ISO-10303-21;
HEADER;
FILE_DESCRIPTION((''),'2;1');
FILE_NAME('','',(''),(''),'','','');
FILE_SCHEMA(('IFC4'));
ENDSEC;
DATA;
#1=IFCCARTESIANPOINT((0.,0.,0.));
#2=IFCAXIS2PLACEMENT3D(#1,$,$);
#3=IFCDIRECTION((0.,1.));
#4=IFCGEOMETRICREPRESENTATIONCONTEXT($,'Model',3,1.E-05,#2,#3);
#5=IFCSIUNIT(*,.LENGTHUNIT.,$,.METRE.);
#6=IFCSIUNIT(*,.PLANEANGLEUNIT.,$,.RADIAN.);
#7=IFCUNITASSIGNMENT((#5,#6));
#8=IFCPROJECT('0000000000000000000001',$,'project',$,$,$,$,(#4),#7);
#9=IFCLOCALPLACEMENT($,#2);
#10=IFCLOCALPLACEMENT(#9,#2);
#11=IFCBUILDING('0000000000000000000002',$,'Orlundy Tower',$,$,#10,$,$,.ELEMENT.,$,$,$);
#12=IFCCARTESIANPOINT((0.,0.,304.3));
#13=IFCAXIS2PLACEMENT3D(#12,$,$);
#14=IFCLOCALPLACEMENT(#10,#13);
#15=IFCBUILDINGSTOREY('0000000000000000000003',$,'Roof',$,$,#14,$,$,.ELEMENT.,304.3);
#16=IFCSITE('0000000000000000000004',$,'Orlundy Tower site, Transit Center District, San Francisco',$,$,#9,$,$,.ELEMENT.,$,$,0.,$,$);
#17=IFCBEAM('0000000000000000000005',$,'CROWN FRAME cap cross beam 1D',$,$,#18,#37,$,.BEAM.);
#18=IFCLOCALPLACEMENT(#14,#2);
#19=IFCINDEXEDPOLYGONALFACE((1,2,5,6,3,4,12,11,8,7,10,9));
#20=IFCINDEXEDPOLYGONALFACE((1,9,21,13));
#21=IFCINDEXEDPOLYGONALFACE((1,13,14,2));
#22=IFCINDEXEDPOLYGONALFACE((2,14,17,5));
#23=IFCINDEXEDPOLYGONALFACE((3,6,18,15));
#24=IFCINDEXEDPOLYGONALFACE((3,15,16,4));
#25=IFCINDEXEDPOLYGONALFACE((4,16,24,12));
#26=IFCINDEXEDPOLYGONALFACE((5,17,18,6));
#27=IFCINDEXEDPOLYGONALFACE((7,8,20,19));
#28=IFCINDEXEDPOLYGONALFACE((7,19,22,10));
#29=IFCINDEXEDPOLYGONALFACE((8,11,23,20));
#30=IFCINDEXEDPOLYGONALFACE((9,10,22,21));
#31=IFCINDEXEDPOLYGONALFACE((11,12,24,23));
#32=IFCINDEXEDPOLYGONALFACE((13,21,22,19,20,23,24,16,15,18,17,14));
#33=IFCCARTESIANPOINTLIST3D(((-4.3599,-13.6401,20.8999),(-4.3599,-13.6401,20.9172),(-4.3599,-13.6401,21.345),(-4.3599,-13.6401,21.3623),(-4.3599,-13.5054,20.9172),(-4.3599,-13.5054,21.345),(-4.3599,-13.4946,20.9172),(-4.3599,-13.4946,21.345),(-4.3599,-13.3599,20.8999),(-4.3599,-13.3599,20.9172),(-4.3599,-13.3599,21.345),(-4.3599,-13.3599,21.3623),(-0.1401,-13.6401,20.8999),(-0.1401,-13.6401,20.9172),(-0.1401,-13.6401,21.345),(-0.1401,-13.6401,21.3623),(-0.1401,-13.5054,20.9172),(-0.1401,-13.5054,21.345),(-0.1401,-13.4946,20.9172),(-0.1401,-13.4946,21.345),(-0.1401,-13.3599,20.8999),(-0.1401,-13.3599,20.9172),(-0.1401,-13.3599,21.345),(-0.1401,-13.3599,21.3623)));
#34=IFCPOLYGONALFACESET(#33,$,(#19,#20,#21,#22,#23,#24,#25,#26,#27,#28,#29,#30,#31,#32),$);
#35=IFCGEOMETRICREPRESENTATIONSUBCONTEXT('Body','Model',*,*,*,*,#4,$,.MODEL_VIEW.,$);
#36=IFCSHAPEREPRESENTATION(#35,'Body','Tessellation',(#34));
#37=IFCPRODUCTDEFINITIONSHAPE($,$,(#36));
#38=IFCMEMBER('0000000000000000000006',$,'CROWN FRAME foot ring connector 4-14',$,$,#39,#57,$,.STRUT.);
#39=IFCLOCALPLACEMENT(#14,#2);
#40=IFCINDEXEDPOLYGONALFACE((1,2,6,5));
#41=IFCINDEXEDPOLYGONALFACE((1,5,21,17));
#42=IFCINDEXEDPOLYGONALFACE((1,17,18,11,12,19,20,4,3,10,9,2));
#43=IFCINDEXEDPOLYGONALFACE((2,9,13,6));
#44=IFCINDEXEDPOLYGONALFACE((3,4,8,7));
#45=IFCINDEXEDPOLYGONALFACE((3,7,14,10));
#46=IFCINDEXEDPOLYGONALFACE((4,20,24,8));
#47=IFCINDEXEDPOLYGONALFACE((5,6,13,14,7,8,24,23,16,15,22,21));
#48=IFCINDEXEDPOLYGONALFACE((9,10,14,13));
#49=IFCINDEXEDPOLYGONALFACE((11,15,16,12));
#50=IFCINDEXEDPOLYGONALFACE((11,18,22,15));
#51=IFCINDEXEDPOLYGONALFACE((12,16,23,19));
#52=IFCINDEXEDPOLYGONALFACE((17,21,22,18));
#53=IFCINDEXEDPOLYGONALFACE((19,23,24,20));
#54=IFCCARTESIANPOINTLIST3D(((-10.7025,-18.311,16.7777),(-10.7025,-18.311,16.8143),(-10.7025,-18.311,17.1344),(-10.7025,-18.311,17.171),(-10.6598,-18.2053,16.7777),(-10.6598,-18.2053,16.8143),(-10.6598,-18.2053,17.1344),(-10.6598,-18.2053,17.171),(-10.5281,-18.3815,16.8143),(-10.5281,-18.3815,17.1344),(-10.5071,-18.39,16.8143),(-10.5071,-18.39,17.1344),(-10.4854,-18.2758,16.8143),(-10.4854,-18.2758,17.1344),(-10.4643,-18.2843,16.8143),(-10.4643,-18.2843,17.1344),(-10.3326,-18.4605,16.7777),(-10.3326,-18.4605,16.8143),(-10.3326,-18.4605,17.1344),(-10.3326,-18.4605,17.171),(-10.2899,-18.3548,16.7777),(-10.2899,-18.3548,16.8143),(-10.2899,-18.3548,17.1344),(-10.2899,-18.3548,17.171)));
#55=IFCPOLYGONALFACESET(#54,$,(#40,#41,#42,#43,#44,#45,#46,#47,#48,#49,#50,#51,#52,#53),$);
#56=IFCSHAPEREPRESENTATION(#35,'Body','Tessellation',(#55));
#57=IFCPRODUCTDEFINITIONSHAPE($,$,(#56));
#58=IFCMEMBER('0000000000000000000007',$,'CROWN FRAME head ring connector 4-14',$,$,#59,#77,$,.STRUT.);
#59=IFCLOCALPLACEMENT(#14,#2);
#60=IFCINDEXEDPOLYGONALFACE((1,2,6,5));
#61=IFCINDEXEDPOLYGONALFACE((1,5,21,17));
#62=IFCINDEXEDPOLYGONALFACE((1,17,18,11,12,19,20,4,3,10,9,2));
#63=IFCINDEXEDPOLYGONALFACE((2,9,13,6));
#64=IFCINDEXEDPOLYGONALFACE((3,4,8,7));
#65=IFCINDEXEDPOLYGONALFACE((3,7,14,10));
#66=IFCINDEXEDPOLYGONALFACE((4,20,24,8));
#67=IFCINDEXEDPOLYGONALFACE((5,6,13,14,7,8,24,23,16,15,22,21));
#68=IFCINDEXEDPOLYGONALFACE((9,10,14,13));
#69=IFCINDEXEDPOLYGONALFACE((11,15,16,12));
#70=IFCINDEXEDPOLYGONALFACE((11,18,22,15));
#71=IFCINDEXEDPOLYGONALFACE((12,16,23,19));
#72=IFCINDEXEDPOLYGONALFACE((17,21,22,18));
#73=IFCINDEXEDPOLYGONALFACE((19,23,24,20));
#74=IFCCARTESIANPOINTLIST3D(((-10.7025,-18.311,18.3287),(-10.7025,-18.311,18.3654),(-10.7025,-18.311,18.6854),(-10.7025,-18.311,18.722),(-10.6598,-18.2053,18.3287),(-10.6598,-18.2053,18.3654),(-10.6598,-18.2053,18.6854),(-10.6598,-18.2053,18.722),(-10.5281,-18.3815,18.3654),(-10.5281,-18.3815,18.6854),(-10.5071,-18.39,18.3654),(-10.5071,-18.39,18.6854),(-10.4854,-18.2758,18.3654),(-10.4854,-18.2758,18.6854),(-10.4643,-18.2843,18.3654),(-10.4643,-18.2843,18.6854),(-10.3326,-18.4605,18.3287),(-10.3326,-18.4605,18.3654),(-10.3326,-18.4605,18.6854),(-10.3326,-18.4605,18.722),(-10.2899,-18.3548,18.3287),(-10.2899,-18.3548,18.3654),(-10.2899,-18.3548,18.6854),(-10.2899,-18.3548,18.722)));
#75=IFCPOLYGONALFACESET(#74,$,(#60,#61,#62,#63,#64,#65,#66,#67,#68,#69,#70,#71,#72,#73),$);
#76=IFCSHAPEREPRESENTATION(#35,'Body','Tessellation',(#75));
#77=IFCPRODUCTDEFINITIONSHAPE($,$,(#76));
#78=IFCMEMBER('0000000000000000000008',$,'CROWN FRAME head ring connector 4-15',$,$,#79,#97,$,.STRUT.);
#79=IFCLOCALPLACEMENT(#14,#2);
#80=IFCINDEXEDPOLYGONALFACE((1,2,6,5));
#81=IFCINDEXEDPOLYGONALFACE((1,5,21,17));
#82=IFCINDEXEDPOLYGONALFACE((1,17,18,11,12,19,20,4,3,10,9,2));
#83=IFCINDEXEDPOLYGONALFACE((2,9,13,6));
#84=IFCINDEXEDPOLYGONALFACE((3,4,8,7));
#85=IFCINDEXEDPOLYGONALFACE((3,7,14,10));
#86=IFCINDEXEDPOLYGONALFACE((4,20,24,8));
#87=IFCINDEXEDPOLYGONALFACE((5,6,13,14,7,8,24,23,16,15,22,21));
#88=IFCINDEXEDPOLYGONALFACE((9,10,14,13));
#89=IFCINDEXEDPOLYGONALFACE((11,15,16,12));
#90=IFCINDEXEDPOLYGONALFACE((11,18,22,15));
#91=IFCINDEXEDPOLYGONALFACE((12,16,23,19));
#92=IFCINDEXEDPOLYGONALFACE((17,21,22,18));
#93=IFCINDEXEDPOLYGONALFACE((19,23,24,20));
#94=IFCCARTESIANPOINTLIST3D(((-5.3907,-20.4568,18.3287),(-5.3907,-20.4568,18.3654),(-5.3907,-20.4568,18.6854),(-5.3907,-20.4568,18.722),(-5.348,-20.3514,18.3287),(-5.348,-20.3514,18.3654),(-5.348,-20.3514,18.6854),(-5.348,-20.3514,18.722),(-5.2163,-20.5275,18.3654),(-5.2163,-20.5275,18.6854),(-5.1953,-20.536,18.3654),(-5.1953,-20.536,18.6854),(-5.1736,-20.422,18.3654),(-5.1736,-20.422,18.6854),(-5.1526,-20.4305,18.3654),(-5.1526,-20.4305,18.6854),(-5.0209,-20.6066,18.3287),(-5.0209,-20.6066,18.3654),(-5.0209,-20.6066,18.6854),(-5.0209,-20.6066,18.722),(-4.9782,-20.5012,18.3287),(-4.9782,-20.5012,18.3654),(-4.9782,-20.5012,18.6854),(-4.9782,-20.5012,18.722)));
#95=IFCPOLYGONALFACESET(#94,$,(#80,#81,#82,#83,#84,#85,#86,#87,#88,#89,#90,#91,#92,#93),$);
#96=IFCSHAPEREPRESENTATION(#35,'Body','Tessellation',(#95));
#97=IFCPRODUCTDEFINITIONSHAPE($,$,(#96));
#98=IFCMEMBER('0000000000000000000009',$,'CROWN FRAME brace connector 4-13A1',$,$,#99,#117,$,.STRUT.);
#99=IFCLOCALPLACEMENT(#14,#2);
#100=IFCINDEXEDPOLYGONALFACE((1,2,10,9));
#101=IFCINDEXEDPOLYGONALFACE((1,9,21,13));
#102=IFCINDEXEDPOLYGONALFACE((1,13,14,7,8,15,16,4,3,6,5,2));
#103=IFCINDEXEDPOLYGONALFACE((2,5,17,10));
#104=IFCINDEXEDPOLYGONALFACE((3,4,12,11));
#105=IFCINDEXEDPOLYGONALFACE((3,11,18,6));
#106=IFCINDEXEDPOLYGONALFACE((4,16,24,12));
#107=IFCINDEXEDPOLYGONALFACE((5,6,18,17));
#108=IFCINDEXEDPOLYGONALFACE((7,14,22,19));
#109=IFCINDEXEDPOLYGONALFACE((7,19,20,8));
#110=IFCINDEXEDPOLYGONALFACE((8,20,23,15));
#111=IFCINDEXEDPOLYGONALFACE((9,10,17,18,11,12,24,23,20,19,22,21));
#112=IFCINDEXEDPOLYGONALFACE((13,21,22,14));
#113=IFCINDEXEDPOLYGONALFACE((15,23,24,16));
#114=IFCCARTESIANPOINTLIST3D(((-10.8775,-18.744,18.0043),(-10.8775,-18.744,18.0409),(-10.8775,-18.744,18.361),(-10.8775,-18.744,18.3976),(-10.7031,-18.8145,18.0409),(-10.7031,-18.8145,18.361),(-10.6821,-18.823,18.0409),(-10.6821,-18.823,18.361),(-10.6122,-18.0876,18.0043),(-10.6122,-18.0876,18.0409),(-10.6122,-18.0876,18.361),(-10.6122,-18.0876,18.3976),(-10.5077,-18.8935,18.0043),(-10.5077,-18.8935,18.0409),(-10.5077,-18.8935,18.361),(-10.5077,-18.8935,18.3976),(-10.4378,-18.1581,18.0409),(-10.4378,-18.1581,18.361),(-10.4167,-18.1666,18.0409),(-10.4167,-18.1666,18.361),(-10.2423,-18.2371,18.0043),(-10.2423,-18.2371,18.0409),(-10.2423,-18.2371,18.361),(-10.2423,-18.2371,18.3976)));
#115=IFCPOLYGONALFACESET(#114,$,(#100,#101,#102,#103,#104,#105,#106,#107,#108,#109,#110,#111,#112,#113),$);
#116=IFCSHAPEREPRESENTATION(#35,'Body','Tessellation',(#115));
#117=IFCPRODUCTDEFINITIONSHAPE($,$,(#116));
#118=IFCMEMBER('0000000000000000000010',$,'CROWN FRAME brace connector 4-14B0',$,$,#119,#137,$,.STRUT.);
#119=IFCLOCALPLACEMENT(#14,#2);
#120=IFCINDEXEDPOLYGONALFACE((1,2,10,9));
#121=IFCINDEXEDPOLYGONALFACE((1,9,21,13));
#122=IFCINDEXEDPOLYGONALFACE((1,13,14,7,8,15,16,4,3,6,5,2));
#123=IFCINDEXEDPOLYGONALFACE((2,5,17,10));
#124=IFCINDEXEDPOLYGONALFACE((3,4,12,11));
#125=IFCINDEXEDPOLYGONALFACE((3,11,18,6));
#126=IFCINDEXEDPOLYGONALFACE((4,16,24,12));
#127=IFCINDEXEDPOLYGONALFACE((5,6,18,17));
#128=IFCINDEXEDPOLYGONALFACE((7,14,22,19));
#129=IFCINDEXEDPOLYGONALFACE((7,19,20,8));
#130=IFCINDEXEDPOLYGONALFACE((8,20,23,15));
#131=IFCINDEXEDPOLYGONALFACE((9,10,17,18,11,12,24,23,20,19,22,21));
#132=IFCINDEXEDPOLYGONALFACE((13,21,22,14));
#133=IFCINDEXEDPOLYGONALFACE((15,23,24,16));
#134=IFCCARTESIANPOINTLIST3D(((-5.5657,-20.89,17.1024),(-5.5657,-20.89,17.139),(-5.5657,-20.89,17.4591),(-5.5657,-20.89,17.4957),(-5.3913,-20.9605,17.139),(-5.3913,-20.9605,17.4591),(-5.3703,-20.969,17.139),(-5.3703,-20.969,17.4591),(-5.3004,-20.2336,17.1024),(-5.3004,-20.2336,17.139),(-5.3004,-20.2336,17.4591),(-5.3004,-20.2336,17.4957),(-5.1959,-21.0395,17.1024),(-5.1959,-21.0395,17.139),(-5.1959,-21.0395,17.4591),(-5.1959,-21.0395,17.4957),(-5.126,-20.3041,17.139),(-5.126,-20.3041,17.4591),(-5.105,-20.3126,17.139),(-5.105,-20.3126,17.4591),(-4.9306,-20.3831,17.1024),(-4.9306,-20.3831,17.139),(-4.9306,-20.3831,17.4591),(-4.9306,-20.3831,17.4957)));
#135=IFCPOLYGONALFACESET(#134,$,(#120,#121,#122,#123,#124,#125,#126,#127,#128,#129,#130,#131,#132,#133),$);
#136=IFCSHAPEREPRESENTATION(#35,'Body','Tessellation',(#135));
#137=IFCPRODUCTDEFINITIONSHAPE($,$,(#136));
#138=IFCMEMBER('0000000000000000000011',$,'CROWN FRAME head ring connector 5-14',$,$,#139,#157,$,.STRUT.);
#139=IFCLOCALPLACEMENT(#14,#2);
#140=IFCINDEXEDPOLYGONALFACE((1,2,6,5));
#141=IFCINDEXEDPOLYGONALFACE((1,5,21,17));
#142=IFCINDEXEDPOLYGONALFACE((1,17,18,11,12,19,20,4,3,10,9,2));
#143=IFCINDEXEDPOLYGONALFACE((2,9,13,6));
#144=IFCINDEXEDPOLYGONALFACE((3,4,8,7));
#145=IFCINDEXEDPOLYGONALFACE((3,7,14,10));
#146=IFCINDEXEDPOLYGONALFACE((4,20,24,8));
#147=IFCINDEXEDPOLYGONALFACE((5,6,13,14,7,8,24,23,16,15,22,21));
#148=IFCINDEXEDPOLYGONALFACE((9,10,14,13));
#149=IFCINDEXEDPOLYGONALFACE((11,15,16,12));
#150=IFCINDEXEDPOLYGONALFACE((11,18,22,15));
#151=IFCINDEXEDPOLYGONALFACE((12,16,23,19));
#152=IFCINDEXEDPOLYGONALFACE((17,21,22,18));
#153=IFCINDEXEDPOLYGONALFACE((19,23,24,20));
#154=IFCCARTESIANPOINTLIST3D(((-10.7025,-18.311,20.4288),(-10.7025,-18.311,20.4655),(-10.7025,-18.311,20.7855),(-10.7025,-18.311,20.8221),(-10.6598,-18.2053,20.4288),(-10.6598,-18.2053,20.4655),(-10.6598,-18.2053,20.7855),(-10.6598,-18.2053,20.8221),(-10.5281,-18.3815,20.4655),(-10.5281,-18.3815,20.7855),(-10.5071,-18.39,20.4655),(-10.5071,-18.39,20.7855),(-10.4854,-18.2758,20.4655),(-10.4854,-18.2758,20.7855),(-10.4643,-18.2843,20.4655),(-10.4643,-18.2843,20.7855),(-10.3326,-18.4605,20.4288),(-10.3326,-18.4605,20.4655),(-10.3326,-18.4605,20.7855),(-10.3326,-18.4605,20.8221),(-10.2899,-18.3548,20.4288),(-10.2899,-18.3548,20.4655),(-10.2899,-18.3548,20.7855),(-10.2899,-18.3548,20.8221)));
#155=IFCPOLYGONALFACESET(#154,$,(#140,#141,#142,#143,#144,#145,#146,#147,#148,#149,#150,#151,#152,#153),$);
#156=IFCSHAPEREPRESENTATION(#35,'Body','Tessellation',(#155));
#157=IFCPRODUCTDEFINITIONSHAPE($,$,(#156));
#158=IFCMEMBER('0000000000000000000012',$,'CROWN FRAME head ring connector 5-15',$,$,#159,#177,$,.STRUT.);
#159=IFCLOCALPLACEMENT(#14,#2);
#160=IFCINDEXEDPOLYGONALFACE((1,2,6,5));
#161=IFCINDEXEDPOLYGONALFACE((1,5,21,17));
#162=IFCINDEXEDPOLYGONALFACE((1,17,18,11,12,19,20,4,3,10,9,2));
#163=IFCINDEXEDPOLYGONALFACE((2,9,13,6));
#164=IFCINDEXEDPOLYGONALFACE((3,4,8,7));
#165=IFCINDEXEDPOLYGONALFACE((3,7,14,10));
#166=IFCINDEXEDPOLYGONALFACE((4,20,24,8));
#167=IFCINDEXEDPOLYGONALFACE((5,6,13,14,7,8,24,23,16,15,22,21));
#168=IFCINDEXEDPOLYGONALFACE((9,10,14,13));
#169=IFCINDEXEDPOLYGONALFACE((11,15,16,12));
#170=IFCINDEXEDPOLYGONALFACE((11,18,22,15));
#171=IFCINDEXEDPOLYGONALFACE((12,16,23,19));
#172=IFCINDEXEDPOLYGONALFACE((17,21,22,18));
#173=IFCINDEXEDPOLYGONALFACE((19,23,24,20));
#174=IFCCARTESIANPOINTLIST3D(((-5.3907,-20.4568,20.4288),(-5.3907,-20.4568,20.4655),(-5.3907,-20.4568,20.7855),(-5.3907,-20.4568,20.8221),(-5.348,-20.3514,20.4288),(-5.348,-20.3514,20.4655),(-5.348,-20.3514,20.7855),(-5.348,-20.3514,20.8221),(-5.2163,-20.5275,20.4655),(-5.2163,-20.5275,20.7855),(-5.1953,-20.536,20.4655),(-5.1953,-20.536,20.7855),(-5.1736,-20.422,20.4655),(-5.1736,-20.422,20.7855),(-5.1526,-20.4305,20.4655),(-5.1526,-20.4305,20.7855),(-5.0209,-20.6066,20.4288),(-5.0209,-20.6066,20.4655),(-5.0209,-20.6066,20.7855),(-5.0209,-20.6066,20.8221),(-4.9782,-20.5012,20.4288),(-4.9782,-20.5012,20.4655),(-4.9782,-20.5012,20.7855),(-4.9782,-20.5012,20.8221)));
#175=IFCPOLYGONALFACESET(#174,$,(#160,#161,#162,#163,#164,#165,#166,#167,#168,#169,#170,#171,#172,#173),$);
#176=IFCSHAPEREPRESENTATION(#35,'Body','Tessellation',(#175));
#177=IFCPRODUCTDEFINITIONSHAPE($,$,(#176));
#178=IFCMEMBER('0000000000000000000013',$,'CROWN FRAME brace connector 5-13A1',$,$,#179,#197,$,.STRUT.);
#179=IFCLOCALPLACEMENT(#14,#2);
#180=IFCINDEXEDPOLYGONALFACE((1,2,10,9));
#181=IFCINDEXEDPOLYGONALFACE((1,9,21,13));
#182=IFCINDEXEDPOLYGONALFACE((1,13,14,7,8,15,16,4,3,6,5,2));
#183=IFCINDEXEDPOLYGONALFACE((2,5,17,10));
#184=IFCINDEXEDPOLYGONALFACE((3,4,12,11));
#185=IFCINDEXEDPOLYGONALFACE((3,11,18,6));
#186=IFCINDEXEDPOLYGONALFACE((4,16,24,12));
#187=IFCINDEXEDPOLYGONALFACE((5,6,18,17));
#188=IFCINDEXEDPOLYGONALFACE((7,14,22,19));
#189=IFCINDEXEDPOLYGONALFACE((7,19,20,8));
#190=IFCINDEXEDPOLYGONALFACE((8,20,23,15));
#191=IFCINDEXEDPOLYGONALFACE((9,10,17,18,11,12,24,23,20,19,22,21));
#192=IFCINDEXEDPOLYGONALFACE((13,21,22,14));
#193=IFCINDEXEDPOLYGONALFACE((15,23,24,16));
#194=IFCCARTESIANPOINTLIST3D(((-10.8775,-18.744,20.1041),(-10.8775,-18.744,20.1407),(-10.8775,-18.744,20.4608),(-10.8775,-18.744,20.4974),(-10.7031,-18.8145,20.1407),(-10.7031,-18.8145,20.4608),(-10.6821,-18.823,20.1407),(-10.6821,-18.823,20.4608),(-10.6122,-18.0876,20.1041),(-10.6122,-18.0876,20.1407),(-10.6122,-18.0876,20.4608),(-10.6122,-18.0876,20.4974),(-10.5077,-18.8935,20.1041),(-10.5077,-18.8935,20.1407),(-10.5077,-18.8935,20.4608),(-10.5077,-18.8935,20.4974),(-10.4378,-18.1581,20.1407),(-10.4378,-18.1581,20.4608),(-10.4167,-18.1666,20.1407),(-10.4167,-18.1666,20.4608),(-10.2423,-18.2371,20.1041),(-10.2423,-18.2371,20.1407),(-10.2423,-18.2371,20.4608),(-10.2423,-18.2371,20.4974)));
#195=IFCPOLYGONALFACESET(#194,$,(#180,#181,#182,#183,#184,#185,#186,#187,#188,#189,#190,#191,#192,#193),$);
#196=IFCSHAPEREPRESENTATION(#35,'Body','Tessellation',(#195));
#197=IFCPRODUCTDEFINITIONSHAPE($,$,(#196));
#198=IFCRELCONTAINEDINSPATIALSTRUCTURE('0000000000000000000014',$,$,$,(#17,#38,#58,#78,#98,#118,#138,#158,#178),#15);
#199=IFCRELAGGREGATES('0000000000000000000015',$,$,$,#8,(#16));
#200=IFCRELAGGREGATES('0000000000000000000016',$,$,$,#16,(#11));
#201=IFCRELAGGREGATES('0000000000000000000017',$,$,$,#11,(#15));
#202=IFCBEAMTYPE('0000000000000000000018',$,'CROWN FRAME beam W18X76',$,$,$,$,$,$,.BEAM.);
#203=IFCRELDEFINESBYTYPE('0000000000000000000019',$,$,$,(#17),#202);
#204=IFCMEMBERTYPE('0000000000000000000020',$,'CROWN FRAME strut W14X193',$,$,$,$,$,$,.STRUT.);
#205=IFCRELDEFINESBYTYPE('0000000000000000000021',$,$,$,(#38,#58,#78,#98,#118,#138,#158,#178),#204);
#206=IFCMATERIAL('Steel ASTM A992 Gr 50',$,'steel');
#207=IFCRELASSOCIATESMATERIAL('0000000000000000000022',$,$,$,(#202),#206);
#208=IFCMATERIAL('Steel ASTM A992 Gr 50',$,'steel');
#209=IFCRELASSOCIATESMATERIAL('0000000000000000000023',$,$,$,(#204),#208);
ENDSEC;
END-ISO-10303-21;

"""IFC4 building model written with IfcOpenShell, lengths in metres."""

from ifc_helpers import new_model, si_unit, direction, frame, origin, origin_2d, place, context, subcontext, project, spatial, i_section, extrude, material, material_profile, profile_set, type_object, element, save


model = new_model("IFC4")

# Units and contexts
model_context = context("Model", 3, precision=1e-05, world=origin(), true_north=direction((0.0, 1.0)))
body_context = subcontext(model_context, "Body", "Model", "MODEL_VIEW")
ifc_project = project(units=[si_unit("LENGTHUNIT", "METRE"), si_unit("PLANEANGLEUNIT", "RADIAN")], contexts=[model_context])

# Site, building, storey
site_placement = place(None, origin())
site = spatial("IfcSite", under=ifc_project, at=site_placement, Name="Orlundy Tower site, Transit Center District, San Francisco", CompositionType="ELEMENT", RefElevation=0.0)
building_placement = place(site_placement, origin())
building = spatial("IfcBuilding", under=site, at=building_placement, Name="Orlundy Tower", CompositionType="ELEMENT")
storey_placement = place(building_placement, frame((0.0, 0.0, 304.3)))
storey = spatial("IfcBuildingStorey", under=building, at=storey_placement, Name="Roof", CompositionType="ELEMENT", Elevation=304.3)

# Beam
ifc_material_1 = material(Name="Steel ASTM A992 Gr 50", Category="steel")
ifc_material_profile_1 = material_profile(ifc_material_1, i_section(OverallWidth=0.2803, OverallDepth=0.4624, WebThickness=0.0107, FlangeThickness=0.0173, at=origin_2d()), Name="W18X76")
ifc_profile_set_1 = profile_set([ifc_material_profile_1], Name="Steel ASTM A992 Gr 50")
beam_type = type_object("IfcBeamType", Name="CROWN FRAME beam W18X76", PredefinedType="BEAM", material=ifc_profile_set_1)
for number, where, z_axis, x_axis, name in (
    (1, (-4.3599, -13.5, 21.1311), (1.0, 0.0, 0.0), (0.0, 1.0, 0.0), "CROWN FRAME cap cross beam 1D"),
):
    element("IfcBeam", number, at=place(storey_placement, frame(where, z_axis=z_axis, x_axis=x_axis)), inside=storey, type_object=beam_type, Name=name, PredefinedType="BEAM", context=body_context, shape_type="SweptSolid", body=[
        extrude(i_section(OverallWidth=0.2803, OverallDepth=0.4624, WebThickness=0.0107, FlangeThickness=0.0173, at=origin_2d()), origin(), (0.0, 0.0, 1.0), 4.2197),
    ])

# Members
ifc_material_2 = material(Name="Steel ASTM A992 Gr 50", Category="steel")
ifc_material_profile_2 = material_profile(ifc_material_2, i_section(OverallWidth=0.3989, OverallDepth=0.3933, WebThickness=0.0227, FlangeThickness=0.0366, at=origin_2d()), Name="W14X193")
ifc_profile_set_2 = profile_set([ifc_material_profile_2], Name="Steel ASTM A992 Gr 50")
member_type = type_object("IfcMemberType", Name="CROWN FRAME strut W14X193", PredefinedType="STRUT", material=ifc_profile_set_2)
for number, where, z_axis, x_axis, name in (
    (2, (-10.4749, -18.28, 16.9744), (-0.374711, -0.927142, 0.0), (0.927142, -0.374711, 0.0), "CROWN FRAME foot ring connector 4-14"),
    (3, (-10.4749, -18.28, 18.5254), (-0.374711, -0.927142, 0.0), (0.927142, -0.374711, 0.0), "CROWN FRAME head ring connector 4-14"),
):
    element("IfcMember", number, at=place(storey_placement, frame(where, z_axis=z_axis, x_axis=x_axis)), inside=storey, type_object=member_type, Name=name, PredefinedType="STRUT", context=body_context, shape_type="SweptSolid", body=[
        extrude(i_section(OverallWidth=0.3989, OverallDepth=0.3933, WebThickness=0.0227, FlangeThickness=0.0366, at=origin_2d()), origin(), (0.0, 0.0, 1.0), 0.114),
    ])
member_1_placement = place(storey_placement, frame((-5.1631, -20.4263, 18.5254), z_axis=(-0.375456, -0.92684, 0.0), x_axis=(0.92684, -0.375456, 0.0)))
element("IfcMember", 4, at=member_1_placement, inside=storey, type_object=member_type, Name="CROWN FRAME head ring connector 4-15", PredefinedType="STRUT", context=body_context, shape_type="SweptSolid", body=[
    extrude(i_section(OverallWidth=0.3989, OverallDepth=0.3933, WebThickness=0.0227, FlangeThickness=0.0366, at=origin_2d()), origin(), (0.0, 0.0, 1.0), 0.1138),
])
for number, where, z_axis, x_axis, name in (
    (5, (-10.4272, -18.1624, 18.2009), (-0.374777, -0.927115, 0.0), (0.927115, -0.374777, 0.0), "CROWN FRAME brace connector 4-13A1"),
    (6, (-5.1155, -20.3083, 17.2991), (-0.374777, -0.927115, 0.0), (0.927115, -0.374777, 0.0), "CROWN FRAME brace connector 4-14B0"),
):
    element("IfcMember", number, at=place(storey_placement, frame(where, z_axis=z_axis, x_axis=x_axis)), inside=storey, type_object=member_type, Name=name, PredefinedType="STRUT", context=body_context, shape_type="SweptSolid", body=[
        extrude(i_section(OverallWidth=0.3989, OverallDepth=0.3933, WebThickness=0.0227, FlangeThickness=0.0366, at=origin_2d()), origin(), (0.0, 0.0, 1.0), 0.708),
    ])
member_2_placement = place(storey_placement, frame((-10.4749, -18.28, 20.6255), z_axis=(-0.374711, -0.927142, 0.0), x_axis=(0.927142, -0.374711, 0.0)))
element("IfcMember", 7, at=member_2_placement, inside=storey, type_object=member_type, Name="CROWN FRAME head ring connector 5-14", PredefinedType="STRUT", context=body_context, shape_type="SweptSolid", body=[
    extrude(i_section(OverallWidth=0.3989, OverallDepth=0.3933, WebThickness=0.0227, FlangeThickness=0.0366, at=origin_2d()), origin(), (0.0, 0.0, 1.0), 0.114),
])
member_3_placement = place(storey_placement, frame((-5.1631, -20.4263, 20.6255), z_axis=(-0.375456, -0.92684, 0.0), x_axis=(0.92684, -0.375456, 0.0)))
element("IfcMember", 8, at=member_3_placement, inside=storey, type_object=member_type, Name="CROWN FRAME head ring connector 5-15", PredefinedType="STRUT", context=body_context, shape_type="SweptSolid", body=[
    extrude(i_section(OverallWidth=0.3989, OverallDepth=0.3933, WebThickness=0.0227, FlangeThickness=0.0366, at=origin_2d()), origin(), (0.0, 0.0, 1.0), 0.1138),
])
for number, where, z_axis, x_axis, name in (
    (9, (-10.4272, -18.1624, 20.3008), (-0.374777, -0.927115, 0.0), (0.927115, -0.374777, 0.0), "CROWN FRAME brace connector 5-13A1"),
):
    element("IfcMember", number, at=place(storey_placement, frame(where, z_axis=z_axis, x_axis=x_axis)), inside=storey, type_object=member_type, Name=name, PredefinedType="STRUT", context=body_context, shape_type="SweptSolid", body=[
        extrude(i_section(OverallWidth=0.3989, OverallDepth=0.3933, WebThickness=0.0227, FlangeThickness=0.0366, at=origin_2d()), origin(), (0.0, 0.0, 1.0), 0.708),
    ])

save(model, "model.ifc")
